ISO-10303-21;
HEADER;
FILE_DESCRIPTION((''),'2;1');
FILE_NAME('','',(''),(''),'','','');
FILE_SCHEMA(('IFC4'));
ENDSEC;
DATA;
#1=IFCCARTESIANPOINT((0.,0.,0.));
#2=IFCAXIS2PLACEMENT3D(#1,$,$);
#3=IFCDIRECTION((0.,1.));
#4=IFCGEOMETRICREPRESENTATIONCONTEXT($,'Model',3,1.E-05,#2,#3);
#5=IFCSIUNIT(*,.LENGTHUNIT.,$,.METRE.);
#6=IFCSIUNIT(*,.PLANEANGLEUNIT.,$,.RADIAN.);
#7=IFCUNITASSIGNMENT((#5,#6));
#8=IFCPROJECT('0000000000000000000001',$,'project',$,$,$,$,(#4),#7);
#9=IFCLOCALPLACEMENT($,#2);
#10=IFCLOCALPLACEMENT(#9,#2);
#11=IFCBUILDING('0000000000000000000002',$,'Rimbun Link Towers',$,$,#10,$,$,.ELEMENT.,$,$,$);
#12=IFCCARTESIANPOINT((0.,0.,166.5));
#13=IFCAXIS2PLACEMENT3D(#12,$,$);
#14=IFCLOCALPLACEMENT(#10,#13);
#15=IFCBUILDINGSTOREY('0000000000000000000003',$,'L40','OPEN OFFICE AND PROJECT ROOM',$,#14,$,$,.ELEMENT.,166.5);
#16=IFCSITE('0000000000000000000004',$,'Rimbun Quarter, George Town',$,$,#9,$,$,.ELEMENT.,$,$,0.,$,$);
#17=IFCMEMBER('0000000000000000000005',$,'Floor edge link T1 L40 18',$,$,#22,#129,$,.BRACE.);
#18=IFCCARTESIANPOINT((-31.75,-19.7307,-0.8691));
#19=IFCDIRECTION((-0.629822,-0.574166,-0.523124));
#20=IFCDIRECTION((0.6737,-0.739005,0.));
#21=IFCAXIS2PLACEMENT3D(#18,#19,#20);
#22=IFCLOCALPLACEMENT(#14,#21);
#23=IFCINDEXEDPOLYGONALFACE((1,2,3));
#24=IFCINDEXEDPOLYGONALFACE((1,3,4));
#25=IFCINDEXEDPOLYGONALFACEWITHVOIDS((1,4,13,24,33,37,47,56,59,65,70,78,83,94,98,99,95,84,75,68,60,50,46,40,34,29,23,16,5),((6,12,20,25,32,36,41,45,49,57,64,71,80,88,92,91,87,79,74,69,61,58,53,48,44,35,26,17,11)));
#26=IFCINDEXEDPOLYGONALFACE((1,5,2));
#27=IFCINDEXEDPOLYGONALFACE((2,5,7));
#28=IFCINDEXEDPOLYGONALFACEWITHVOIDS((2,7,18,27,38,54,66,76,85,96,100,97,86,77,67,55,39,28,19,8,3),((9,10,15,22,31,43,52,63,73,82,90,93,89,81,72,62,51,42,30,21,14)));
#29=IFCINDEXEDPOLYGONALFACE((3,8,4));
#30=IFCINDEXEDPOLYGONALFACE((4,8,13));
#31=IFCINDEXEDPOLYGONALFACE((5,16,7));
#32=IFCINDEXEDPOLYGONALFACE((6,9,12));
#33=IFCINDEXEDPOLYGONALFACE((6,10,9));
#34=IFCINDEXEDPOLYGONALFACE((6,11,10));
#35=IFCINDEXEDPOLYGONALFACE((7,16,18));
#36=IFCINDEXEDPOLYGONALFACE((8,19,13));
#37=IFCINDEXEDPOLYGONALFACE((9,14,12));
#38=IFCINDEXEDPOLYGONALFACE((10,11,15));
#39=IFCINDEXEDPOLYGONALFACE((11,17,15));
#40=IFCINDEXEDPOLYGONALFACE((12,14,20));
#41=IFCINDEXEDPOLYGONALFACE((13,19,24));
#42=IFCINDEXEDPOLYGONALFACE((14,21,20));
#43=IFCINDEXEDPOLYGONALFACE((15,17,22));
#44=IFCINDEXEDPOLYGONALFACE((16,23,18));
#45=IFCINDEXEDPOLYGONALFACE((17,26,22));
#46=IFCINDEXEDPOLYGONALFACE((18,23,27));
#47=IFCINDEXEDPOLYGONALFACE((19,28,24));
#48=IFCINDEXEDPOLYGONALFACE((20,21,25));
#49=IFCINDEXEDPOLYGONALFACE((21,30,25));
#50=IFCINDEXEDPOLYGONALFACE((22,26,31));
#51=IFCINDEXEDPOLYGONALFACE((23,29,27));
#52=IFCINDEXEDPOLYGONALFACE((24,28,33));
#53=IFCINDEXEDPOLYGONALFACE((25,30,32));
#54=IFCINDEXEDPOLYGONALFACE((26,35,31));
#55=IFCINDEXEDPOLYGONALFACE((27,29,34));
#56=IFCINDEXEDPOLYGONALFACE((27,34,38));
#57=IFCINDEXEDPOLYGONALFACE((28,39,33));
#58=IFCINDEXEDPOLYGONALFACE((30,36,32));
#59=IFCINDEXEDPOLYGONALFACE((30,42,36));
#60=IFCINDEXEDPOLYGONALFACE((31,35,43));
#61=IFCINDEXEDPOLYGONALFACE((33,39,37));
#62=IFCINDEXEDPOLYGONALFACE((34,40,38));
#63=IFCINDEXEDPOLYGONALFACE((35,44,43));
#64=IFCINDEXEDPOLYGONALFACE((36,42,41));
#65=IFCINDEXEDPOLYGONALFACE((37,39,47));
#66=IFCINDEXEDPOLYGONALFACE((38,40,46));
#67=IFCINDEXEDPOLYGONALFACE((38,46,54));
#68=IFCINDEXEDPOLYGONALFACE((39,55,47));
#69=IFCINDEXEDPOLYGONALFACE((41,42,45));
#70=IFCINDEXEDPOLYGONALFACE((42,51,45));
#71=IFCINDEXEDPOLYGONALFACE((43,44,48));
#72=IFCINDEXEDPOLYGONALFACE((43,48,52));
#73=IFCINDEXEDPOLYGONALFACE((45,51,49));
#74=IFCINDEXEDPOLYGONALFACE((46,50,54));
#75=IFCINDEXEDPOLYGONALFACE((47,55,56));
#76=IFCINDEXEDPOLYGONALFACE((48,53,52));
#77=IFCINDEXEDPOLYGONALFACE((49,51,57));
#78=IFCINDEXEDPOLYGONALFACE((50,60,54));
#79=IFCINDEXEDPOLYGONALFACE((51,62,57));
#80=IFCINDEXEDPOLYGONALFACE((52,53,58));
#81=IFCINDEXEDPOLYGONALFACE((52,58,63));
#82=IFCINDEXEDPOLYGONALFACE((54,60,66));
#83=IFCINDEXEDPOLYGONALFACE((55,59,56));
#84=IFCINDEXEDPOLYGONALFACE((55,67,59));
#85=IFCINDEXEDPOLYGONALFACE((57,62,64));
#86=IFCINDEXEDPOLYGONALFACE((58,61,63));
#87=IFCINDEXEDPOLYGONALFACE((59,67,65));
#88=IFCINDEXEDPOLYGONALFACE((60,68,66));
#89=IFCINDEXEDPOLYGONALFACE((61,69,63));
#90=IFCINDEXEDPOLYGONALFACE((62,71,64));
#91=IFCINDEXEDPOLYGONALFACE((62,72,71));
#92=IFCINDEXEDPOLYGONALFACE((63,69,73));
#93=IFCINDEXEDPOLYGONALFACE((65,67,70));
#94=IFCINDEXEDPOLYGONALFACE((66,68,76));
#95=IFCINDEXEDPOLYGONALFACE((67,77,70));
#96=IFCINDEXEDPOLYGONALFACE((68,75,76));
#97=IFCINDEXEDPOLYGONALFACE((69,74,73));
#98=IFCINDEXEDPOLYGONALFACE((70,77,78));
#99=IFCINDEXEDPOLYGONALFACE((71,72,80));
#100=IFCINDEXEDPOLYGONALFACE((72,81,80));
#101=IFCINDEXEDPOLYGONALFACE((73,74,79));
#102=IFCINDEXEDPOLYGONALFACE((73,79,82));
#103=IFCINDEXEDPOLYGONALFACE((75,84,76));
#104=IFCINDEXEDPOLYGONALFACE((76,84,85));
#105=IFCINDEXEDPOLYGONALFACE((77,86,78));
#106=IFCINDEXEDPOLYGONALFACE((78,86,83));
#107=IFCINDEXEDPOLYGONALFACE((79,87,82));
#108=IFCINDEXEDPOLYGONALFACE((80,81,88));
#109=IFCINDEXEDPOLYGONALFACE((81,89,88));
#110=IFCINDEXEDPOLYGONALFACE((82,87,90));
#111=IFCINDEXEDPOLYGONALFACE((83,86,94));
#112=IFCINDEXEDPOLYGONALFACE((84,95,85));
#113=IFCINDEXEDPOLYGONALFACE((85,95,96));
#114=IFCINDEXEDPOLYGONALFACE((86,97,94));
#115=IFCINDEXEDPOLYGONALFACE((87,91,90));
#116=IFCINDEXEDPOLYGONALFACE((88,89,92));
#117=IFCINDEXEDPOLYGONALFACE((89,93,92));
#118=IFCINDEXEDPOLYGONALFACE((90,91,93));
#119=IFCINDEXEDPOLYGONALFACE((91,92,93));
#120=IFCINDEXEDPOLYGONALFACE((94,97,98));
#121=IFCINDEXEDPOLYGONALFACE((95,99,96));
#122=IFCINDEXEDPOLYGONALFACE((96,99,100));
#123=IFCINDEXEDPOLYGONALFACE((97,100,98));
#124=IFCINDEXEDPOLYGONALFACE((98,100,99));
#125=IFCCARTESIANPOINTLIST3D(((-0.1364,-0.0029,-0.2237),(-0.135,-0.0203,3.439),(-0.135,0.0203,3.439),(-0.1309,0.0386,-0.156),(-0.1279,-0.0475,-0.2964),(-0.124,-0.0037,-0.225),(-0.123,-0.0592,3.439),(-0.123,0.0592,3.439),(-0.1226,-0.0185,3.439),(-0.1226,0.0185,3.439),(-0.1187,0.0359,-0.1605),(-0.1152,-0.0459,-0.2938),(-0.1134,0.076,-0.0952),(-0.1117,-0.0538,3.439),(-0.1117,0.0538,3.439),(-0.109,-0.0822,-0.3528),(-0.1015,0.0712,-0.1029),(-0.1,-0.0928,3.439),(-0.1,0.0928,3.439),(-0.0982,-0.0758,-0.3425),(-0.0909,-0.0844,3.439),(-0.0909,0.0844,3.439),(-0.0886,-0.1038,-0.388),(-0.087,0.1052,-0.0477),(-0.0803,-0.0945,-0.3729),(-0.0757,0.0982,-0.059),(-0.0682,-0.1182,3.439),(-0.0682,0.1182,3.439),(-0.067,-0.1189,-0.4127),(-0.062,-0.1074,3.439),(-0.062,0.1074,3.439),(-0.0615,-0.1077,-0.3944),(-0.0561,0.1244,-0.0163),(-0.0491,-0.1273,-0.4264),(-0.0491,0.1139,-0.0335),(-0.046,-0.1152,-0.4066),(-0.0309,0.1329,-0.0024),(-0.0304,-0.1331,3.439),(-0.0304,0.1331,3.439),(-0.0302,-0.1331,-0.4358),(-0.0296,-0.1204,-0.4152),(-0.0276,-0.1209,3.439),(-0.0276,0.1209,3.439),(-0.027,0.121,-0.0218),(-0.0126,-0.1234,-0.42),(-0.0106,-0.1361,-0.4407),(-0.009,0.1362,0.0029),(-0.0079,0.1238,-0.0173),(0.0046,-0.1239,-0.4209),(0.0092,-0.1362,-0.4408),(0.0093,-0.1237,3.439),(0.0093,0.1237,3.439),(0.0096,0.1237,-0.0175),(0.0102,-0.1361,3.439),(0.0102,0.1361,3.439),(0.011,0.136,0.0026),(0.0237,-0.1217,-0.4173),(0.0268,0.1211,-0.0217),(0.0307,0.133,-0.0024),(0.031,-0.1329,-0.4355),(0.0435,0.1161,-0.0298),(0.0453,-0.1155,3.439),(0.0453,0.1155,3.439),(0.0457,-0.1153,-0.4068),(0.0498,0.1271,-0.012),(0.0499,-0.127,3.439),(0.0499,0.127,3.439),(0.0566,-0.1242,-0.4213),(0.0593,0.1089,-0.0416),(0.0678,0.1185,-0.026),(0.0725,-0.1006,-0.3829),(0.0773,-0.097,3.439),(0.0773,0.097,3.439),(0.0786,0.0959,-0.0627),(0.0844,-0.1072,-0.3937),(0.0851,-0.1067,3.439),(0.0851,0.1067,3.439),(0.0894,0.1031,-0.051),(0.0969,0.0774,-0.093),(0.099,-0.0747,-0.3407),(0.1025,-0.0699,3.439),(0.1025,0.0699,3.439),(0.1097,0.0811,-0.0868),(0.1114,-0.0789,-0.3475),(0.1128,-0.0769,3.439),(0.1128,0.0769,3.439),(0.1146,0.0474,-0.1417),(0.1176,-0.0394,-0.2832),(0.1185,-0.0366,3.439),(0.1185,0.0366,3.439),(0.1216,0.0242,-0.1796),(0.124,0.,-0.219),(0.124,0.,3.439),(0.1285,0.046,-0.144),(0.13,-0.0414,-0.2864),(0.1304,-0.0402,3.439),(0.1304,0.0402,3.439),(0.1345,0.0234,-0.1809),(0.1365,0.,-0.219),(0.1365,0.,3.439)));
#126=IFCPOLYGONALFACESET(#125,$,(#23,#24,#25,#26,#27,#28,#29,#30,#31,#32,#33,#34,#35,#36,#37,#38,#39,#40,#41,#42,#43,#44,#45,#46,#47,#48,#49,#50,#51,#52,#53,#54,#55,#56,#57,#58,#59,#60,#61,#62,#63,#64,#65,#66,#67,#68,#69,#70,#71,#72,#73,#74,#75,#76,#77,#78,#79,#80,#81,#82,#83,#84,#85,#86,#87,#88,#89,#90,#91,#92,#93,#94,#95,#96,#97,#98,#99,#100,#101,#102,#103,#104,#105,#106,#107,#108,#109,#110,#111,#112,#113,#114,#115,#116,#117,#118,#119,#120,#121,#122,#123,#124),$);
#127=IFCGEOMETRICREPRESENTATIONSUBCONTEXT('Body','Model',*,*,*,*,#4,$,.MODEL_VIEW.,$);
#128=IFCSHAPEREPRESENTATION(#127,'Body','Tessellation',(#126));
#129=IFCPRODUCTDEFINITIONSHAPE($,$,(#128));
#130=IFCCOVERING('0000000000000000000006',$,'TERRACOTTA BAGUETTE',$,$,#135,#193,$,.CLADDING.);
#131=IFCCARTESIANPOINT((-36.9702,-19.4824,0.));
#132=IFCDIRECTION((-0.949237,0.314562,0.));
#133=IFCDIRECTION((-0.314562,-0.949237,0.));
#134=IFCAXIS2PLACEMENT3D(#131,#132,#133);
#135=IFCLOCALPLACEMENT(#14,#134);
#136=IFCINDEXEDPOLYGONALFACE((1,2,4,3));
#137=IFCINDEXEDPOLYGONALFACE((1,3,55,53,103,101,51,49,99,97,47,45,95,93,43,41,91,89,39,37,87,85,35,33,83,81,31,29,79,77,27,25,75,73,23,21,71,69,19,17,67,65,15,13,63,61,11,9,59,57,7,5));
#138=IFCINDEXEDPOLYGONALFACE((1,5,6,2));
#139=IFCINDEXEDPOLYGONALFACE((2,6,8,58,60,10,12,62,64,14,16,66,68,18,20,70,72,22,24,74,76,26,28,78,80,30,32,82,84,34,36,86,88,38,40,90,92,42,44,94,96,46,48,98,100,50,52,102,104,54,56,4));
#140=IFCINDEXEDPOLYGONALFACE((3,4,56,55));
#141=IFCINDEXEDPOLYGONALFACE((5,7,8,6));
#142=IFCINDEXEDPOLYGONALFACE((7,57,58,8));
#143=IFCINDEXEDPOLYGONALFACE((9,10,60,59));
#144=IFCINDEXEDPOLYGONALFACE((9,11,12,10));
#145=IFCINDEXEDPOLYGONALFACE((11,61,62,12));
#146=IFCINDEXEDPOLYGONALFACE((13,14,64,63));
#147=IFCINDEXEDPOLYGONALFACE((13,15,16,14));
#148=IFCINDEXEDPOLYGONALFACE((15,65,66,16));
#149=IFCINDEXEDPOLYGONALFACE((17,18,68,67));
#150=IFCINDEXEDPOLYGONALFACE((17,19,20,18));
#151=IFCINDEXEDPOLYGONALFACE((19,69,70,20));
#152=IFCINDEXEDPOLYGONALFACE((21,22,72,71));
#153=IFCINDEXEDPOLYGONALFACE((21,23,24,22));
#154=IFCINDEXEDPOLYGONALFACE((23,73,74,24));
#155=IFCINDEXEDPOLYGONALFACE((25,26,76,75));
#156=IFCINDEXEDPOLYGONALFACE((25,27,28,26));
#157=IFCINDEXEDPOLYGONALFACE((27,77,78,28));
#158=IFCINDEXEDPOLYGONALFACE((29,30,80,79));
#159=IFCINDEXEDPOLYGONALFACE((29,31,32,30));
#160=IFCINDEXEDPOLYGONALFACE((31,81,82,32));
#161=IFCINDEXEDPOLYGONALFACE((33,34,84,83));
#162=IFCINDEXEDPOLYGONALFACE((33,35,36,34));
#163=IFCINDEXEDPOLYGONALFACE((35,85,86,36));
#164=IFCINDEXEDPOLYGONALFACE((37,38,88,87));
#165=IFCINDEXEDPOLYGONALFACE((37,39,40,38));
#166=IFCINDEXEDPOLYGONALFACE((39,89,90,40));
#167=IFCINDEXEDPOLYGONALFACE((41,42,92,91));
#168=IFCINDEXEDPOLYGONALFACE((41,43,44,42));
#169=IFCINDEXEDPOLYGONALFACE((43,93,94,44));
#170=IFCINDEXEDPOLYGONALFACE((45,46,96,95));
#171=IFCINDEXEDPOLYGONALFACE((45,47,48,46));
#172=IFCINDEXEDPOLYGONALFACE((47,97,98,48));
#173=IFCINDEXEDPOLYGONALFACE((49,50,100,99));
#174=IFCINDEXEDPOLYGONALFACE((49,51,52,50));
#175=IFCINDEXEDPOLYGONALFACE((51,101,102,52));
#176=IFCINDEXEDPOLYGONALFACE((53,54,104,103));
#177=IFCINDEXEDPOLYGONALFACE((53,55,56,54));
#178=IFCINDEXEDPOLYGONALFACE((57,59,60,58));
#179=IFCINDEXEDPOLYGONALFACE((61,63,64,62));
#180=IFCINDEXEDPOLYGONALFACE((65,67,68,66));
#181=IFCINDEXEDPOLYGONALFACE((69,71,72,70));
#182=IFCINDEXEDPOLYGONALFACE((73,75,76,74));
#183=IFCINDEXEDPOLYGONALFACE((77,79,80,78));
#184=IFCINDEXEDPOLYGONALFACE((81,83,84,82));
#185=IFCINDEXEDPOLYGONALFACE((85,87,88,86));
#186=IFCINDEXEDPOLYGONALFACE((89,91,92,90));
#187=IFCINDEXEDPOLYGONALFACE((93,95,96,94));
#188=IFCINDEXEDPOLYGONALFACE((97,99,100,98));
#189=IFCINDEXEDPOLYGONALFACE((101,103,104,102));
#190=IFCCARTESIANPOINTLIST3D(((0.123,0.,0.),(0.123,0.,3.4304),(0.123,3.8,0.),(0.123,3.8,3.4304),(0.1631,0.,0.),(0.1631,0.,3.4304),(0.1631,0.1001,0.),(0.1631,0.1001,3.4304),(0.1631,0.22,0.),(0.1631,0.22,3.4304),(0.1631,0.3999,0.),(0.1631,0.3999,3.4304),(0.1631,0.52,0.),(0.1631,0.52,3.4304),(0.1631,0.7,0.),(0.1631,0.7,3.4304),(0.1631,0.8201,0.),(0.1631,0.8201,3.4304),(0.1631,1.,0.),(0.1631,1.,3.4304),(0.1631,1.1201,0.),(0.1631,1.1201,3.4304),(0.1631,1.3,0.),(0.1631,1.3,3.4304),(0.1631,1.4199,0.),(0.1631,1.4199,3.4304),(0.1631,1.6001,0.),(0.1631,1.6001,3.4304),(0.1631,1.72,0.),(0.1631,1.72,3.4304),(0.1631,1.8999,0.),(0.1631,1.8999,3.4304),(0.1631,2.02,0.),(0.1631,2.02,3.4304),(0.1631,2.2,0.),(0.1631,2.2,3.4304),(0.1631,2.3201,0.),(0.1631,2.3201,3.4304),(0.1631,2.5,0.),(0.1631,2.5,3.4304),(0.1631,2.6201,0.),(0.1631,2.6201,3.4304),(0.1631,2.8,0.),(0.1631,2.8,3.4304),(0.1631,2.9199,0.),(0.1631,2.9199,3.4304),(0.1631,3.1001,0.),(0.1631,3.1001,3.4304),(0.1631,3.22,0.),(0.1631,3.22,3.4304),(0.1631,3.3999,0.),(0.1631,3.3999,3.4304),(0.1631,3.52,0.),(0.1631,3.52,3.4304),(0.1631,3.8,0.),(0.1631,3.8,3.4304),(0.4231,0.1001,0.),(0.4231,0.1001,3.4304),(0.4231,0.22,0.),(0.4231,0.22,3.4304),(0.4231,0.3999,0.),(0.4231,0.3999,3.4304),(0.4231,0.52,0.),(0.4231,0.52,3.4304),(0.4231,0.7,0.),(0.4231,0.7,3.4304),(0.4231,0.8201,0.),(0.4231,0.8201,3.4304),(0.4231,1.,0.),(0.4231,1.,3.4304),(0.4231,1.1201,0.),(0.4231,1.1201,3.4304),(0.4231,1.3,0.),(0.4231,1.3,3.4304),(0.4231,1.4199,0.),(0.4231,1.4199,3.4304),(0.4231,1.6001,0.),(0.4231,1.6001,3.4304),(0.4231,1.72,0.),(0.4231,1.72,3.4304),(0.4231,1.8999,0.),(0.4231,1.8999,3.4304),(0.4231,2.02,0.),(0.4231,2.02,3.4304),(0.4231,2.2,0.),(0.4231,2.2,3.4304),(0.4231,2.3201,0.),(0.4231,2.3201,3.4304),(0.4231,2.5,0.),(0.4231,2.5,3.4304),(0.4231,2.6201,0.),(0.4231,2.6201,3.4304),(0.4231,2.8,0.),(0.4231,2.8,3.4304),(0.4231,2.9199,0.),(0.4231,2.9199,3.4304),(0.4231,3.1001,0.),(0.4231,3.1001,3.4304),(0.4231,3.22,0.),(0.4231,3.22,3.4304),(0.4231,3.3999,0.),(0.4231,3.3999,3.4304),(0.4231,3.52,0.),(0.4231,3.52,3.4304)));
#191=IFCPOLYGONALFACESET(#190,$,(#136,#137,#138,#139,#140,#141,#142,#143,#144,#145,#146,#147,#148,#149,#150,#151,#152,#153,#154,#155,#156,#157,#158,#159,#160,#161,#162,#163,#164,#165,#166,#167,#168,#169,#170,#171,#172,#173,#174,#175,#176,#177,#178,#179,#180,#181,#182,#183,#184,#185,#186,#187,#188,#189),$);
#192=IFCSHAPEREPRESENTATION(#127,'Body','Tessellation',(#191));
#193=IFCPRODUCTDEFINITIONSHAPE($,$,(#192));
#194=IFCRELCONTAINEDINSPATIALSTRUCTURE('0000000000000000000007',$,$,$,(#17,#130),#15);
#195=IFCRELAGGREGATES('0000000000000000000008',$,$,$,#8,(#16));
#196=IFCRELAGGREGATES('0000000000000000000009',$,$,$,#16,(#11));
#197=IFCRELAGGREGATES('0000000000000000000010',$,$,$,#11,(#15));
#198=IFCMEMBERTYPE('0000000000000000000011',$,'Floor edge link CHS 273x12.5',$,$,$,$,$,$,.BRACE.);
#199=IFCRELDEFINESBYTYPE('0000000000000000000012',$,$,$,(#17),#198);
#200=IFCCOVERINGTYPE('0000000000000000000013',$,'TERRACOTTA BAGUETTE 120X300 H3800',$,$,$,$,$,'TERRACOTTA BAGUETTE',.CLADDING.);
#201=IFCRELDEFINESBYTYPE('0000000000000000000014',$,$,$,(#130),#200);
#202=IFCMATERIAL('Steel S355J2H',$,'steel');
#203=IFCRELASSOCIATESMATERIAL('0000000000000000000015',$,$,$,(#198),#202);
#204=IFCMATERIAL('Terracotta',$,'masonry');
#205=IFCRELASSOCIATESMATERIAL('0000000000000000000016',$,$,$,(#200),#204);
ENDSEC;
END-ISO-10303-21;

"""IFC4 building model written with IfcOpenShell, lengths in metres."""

from ifc_helpers import new_model, si_unit, direction, frame, origin, origin_2d, place, context, subcontext, project, spatial, polyline, hollow_circle, outline, extrude, clip, halfspace, material, material_profile, profile_set, type_object, element, save


model = new_model("IFC4")

# Units and contexts
model_context = context("Model", 3, precision=1e-05, world=origin(), true_north=direction((0.0, 1.0)))
body_context = subcontext(model_context, "Body", "Model", "MODEL_VIEW")
ifc_project = project(units=[si_unit("LENGTHUNIT", "METRE"), si_unit("PLANEANGLEUNIT", "RADIAN")], contexts=[model_context])

# Site, building, storey
site_placement = place(None, origin())
site = spatial("IfcSite", under=ifc_project, at=site_placement, Name="Rimbun Quarter, George Town", CompositionType="ELEMENT", RefElevation=0.0)
building_placement = place(site_placement, origin())
building = spatial("IfcBuilding", under=site, at=building_placement, Name="Rimbun Link Towers", CompositionType="ELEMENT")
storey_placement = place(building_placement, frame((0.0, 0.0, 166.5)))
storey = spatial("IfcBuildingStorey", under=building, at=storey_placement, Name="L40", Description="OPEN OFFICE AND PROJECT ROOM", CompositionType="ELEMENT", Elevation=166.5)

# Member
ifc_material_1 = material(Name="Steel S355J2H", Category="steel")
ifc_material_profile_1 = material_profile(ifc_material_1, hollow_circle(Radius=0.1365, WallThickness=0.0125, at=origin_2d()), Name="CHS 273x12.5")
ifc_profile_set_1 = profile_set([ifc_material_profile_1], Name="Steel S355J2H")
member_type_1 = type_object("IfcMemberType", Name="Floor edge link CHS 273x12.5", PredefinedType="BRACE", material=ifc_profile_set_1)
member_1_placement = place(storey_placement, frame((-31.75, -19.7307, -0.8691), z_axis=(-0.629822, -0.574166, -0.523124), x_axis=(0.6737, -0.739005, 0.0)))
element("IfcMember", 1, at=member_1_placement, inside=storey, type_object=member_type_1, Name="Floor edge link T1 L40 18", PredefinedType="BRACE", context=body_context, shape_type="Clipping", body=[
    clip(extrude(hollow_circle(Radius=0.1365, WallThickness=0.0125, at=origin_2d()), frame((0.0, 0.0, -0.4639)), (0.0, 0.0, 1.0), 3.9028), halfspace(frame((0.0, 0.0, -0.219), z_axis=(0.0, 0.852257, -0.523124)), False)),
])

# Covering
ifc_material_2 = material(Name="Terracotta", Category="masonry")
ifc_material_profile_2 = material_profile(ifc_material_2, outline(polyline([(0.123, 0.0), (0.1631, 0.0), (0.1631, 0.1001), (0.4231, 0.1001), (0.4231, 0.22), (0.1631, 0.22), (0.1631, 0.3999), (0.4231, 0.3999), (0.4231, 0.52), (0.1631, 0.52), (0.1631, 0.7), (0.4231, 0.7), (0.4231, 0.8201), (0.1631, 0.8201), (0.1631, 1.0), (0.4231, 1.0), (0.4231, 1.1201), (0.1631, 1.1201), (0.1631, 1.3), (0.4231, 1.3), (0.4231, 1.4199), (0.1631, 1.4199), (0.1631, 1.6001), (0.4231, 1.6001), (0.4231, 1.72), (0.1631, 1.72), (0.1631, 1.8999), (0.4231, 1.8999), (0.4231, 2.02), (0.1631, 2.02), (0.1631, 2.2), (0.4231, 2.2), (0.4231, 2.3201), (0.1631, 2.3201), (0.1631, 2.5), (0.4231, 2.5), (0.4231, 2.6201), (0.1631, 2.6201), (0.1631, 2.8), (0.4231, 2.8), (0.4231, 2.9199), (0.1631, 2.9199), (0.1631, 3.1001), (0.4231, 3.1001), (0.4231, 3.22), (0.1631, 3.22), (0.1631, 3.3999), (0.4231, 3.3999), (0.4231, 3.52), (0.1631, 3.52), (0.1631, 3.8), (0.123, 3.8), (0.123, 0.0)])), Name="BAGUETTE 120X300")
ifc_profile_set_2 = profile_set([ifc_material_profile_2], Name="Terracotta")
covering_type = type_object("IfcCoveringType", Name="TERRACOTTA BAGUETTE 120X300 H3800", ElementType="TERRACOTTA BAGUETTE", PredefinedType="CLADDING", material=ifc_profile_set_2)
covering_1_placement = place(storey_placement, frame((-36.9702, -19.4824, 0.0), z_axis=(-0.949237, 0.314562, 0.0), x_axis=(-0.314562, -0.949237, 0.0)))
element("IfcCovering", 2, at=covering_1_placement, inside=storey, type_object=covering_type, Name="TERRACOTTA BAGUETTE", PredefinedType="CLADDING", context=body_context, shape_type="SweptSolid", body=[
    extrude(outline(polyline([(0.123, 0.0), (0.1631, 0.0), (0.1631, 0.1001), (0.4231, 0.1001), (0.4231, 0.22), (0.1631, 0.22), (0.1631, 0.3999), (0.4231, 0.3999), (0.4231, 0.52), (0.1631, 0.52), (0.1631, 0.7), (0.4231, 0.7), (0.4231, 0.8201), (0.1631, 0.8201), (0.1631, 1.0), (0.4231, 1.0), (0.4231, 1.1201), (0.1631, 1.1201), (0.1631, 1.3), (0.4231, 1.3), (0.4231, 1.4199), (0.1631, 1.4199), (0.1631, 1.6001), (0.4231, 1.6001), (0.4231, 1.72), (0.1631, 1.72), (0.1631, 1.8999), (0.4231, 1.8999), (0.4231, 2.02), (0.1631, 2.02), (0.1631, 2.2), (0.4231, 2.2), (0.4231, 2.3201), (0.1631, 2.3201), (0.1631, 2.5), (0.4231, 2.5), (0.4231, 2.6201), (0.1631, 2.6201), (0.1631, 2.8), (0.4231, 2.8), (0.4231, 2.9199), (0.1631, 2.9199), (0.1631, 3.1001), (0.4231, 3.1001), (0.4231, 3.22), (0.1631, 3.22), (0.1631, 3.3999), (0.4231, 3.3999), (0.4231, 3.52), (0.1631, 3.52), (0.1631, 3.8), (0.123, 3.8), (0.123, 0.0)])), origin(), (0.0, 0.0, 1.0), 3.4304),
])

save(model, "model.ifc")
